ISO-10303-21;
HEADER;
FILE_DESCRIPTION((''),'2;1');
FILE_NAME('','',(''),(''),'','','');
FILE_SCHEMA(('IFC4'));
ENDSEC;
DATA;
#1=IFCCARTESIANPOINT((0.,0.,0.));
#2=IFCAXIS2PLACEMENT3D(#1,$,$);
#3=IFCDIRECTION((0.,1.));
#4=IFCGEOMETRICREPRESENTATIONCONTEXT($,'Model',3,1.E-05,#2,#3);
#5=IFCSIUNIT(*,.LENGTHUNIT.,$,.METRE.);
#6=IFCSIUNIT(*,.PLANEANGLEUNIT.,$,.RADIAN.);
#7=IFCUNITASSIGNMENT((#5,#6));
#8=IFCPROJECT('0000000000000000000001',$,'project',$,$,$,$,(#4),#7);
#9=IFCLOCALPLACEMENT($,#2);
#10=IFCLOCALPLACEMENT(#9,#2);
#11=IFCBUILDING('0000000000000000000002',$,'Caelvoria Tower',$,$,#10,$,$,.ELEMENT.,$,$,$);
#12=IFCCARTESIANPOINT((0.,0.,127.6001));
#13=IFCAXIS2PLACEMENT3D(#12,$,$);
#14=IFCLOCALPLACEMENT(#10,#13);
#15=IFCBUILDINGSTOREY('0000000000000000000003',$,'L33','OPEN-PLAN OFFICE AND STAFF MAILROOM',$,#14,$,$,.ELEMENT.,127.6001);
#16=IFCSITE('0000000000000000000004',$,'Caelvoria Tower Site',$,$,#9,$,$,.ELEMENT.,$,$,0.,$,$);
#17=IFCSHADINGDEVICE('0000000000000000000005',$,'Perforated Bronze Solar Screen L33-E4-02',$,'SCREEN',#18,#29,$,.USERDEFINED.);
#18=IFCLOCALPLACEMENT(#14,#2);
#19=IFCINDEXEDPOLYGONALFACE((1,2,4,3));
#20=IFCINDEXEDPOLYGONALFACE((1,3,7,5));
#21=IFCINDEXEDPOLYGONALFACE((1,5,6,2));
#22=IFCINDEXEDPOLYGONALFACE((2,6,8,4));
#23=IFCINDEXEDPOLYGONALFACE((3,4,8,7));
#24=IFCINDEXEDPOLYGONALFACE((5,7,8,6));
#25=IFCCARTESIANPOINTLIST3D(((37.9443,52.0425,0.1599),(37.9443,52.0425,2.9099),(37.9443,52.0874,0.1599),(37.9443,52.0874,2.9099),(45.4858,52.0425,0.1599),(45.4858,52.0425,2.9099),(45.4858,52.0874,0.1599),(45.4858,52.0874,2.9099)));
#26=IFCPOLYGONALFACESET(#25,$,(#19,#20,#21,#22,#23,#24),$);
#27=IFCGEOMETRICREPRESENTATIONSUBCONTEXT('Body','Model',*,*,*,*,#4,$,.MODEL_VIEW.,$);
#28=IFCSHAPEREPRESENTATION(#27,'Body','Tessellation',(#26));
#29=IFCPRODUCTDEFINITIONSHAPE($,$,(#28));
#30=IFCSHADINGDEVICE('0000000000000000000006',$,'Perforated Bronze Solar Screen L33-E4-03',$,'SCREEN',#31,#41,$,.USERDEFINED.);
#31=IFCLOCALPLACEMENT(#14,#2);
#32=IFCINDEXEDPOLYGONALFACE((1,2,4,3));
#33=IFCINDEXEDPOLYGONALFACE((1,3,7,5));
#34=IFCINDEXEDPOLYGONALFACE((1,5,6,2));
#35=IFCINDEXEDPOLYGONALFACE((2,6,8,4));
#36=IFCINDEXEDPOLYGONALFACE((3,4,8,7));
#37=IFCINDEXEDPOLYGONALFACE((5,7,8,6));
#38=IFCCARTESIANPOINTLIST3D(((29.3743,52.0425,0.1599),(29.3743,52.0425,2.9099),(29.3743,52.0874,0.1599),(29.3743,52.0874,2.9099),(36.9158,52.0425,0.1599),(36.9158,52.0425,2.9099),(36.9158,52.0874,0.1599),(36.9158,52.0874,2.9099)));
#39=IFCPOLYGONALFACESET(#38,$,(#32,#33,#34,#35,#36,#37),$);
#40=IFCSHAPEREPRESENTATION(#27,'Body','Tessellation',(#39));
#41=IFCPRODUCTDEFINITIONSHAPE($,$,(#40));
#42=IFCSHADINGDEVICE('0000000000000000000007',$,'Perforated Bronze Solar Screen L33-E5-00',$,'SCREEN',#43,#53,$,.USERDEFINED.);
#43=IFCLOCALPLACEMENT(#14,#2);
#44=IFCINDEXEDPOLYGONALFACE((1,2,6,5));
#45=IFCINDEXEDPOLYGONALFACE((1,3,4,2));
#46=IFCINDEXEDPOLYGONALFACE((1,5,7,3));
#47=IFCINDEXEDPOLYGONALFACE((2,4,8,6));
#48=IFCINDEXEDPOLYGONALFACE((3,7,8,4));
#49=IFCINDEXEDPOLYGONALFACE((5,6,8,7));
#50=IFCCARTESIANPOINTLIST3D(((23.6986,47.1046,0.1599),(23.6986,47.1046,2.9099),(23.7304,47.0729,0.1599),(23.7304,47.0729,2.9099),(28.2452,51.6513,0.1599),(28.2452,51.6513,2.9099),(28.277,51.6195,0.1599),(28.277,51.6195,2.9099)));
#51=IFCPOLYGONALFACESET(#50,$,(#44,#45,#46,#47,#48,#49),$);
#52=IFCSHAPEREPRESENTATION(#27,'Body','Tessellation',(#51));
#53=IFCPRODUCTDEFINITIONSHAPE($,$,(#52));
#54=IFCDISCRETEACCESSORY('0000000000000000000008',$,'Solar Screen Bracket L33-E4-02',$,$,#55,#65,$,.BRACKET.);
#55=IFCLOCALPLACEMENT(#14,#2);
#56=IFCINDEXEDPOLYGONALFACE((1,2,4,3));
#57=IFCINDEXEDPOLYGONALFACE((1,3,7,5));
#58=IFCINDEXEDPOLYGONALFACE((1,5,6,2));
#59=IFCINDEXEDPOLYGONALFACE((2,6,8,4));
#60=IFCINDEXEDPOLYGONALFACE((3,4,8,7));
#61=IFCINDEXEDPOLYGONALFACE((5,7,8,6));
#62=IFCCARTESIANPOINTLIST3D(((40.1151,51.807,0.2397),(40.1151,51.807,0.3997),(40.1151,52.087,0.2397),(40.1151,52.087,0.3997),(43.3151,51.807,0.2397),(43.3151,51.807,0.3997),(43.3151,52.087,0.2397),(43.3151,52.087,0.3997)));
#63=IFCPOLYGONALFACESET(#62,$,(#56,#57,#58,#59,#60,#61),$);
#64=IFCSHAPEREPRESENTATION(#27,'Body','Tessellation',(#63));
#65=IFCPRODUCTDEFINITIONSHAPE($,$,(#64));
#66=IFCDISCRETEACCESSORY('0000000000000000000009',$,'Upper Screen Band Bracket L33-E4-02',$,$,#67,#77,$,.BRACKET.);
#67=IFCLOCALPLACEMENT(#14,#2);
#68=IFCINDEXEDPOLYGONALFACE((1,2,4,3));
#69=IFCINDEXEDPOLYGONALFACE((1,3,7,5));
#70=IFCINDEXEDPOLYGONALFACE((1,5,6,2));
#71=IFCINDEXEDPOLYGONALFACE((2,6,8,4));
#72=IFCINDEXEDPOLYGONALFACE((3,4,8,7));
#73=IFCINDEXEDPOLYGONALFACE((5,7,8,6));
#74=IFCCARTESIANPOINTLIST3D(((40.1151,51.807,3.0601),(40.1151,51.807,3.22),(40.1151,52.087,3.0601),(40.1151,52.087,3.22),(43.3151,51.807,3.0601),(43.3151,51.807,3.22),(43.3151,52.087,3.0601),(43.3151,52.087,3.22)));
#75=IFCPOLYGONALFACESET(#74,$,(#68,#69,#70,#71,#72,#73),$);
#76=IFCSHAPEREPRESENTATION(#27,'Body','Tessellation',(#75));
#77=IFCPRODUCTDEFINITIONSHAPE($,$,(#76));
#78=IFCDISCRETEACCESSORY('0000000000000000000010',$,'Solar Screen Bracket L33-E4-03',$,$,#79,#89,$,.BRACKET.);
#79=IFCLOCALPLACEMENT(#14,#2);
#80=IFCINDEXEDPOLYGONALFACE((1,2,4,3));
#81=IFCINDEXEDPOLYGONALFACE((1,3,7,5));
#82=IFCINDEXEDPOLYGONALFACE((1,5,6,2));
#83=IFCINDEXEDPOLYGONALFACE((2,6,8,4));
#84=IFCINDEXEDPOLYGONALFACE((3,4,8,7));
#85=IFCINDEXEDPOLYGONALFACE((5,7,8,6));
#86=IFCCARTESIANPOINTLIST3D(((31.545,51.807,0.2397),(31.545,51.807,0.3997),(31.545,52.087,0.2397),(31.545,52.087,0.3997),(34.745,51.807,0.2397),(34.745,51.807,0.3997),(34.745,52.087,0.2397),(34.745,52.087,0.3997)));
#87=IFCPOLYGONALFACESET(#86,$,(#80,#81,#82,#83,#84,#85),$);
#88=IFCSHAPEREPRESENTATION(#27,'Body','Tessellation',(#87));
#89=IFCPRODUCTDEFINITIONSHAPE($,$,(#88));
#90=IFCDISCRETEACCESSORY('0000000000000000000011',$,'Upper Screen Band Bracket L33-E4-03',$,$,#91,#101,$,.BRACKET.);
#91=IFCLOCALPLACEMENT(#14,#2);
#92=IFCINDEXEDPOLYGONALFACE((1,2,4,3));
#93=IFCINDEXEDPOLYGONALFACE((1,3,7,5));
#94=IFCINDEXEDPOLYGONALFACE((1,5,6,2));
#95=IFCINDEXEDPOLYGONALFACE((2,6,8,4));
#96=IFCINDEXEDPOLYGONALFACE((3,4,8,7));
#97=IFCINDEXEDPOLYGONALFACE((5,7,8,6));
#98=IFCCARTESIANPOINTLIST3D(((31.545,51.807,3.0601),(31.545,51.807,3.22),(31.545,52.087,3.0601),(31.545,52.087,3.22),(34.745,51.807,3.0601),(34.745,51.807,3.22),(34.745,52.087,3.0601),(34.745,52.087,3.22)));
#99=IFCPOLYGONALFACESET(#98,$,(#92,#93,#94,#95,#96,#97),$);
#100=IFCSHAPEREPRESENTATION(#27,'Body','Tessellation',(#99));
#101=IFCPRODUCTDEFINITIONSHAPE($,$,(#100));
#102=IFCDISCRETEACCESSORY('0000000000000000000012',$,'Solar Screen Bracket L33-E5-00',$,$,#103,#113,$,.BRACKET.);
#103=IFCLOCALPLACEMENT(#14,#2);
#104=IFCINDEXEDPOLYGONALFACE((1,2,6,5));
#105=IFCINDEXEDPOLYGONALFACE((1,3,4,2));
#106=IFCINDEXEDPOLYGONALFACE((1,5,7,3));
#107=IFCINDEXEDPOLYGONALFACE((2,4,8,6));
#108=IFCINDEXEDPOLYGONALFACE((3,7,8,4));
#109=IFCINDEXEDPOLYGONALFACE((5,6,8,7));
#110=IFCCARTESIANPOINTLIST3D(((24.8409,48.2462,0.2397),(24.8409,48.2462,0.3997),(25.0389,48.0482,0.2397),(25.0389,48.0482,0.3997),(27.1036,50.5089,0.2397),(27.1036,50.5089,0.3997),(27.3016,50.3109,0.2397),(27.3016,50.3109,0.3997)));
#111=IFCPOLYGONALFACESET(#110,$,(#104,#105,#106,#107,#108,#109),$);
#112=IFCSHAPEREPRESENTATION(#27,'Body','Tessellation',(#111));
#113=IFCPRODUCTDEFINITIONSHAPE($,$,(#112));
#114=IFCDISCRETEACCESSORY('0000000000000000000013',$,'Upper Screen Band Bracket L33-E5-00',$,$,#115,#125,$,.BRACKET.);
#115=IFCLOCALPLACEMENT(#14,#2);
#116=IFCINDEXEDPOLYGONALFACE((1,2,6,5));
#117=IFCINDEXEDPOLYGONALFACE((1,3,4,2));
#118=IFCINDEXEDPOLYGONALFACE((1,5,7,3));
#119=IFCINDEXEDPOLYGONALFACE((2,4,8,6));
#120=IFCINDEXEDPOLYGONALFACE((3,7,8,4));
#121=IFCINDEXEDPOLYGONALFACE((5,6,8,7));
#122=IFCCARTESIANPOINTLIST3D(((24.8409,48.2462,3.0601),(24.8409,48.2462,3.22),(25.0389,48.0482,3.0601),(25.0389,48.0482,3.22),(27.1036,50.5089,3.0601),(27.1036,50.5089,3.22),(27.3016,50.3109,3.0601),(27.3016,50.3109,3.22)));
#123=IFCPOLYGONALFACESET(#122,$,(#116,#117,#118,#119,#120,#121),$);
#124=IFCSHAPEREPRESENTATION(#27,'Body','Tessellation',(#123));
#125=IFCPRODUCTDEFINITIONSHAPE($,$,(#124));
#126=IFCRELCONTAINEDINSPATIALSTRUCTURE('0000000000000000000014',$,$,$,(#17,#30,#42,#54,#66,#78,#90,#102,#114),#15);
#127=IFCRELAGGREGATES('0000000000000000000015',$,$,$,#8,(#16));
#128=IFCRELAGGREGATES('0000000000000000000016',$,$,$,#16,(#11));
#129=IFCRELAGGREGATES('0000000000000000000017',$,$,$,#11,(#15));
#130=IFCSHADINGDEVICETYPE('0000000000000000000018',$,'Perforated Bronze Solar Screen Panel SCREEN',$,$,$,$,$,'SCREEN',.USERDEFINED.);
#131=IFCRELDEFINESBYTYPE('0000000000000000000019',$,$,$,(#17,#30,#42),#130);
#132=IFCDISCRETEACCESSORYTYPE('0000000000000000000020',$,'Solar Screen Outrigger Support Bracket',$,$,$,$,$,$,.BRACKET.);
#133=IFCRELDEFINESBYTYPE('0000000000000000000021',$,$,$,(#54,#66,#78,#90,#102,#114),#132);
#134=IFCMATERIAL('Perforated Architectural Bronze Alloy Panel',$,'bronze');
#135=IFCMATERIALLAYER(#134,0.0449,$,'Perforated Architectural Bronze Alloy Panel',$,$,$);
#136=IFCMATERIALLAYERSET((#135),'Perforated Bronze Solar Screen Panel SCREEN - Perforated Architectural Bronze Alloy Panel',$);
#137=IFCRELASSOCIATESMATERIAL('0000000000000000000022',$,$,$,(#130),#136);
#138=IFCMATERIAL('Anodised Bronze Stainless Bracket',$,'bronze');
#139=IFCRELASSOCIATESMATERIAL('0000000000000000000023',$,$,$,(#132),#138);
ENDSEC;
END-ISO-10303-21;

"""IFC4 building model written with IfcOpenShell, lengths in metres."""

from ifc_helpers import new_model, si_unit, direction, frame, origin, origin_2d, place, context, subcontext, project, spatial, rectangle, extrude, material, layer, layer_set, type_object, element, save


model = new_model("IFC4")

# Units and contexts
model_context = context("Model", 3, precision=1e-05, world=origin(), true_north=direction((0.0, 1.0)))
body_context = subcontext(model_context, "Body", "Model", "MODEL_VIEW")
ifc_project = project(units=[si_unit("LENGTHUNIT", "METRE"), si_unit("PLANEANGLEUNIT", "RADIAN")], contexts=[model_context])

# Site, building, storey
site_placement = place(None, origin())
site = spatial("IfcSite", under=ifc_project, at=site_placement, Name="Caelvoria Tower Site", CompositionType="ELEMENT", RefElevation=0.0)
building_placement = place(site_placement, origin())
building = spatial("IfcBuilding", under=site, at=building_placement, Name="Caelvoria Tower", CompositionType="ELEMENT")
storey_placement = place(building_placement, frame((0.0, 0.0, 127.6001)))
storey = spatial("IfcBuildingStorey", under=building, at=storey_placement, Name="L33", Description="OPEN-PLAN OFFICE AND STAFF MAILROOM", CompositionType="ELEMENT", Elevation=127.6001)

# Shading devices
ifc_material_1 = material(Name="Perforated Architectural Bronze Alloy Panel", Category="bronze")
ifc_layer_1 = layer(ifc_material_1, 0.0449, Name="Perforated Architectural Bronze Alloy Panel")
ifc_layer_set_1 = layer_set([ifc_layer_1], Name="Perforated Bronze Solar Screen Panel SCREEN - Perforated Architectural Bronze Alloy Panel")
shading_device_type = type_object("IfcShadingDeviceType", Name="Perforated Bronze Solar Screen Panel SCREEN", ElementType="SCREEN", PredefinedType="USERDEFINED", material=ifc_layer_set_1)
for number, where, z_axis, x_axis, name in (
    (1, (41.7151, 52.0649, 0.1599), (0.0, 0.0, 1.0), (-1.0, 0.0, 0.0), "Perforated Bronze Solar Screen L33-E4-02"),
    (2, (33.145, 52.0649, 0.1599), (0.0, 0.0, 1.0), (-1.0, 0.0, 0.0), "Perforated Bronze Solar Screen L33-E4-03"),
):
    element("IfcShadingDevice", number, at=place(storey_placement, frame(where, z_axis=z_axis, x_axis=x_axis)), inside=storey, type_object=shading_device_type, Name=name, ObjectType="SCREEN", PredefinedType="USERDEFINED", context=body_context, shape_type="SweptSolid", body=[
        extrude(rectangle(XDim=7.5415, YDim=0.0449, at=origin_2d()), origin(), (0.0, 0.0, 1.0), 2.75),
    ])
shading_device_placement = place(storey_placement, frame((25.9878, 49.3621, 0.1599), z_axis=(0.0, 0.0, 1.0), x_axis=(-0.707107, -0.707107, 0.0)))
element("IfcShadingDevice", 3, at=shading_device_placement, inside=storey, type_object=shading_device_type, Name="Perforated Bronze Solar Screen L33-E5-00", ObjectType="SCREEN", PredefinedType="USERDEFINED", context=body_context, shape_type="SweptSolid", body=[
    extrude(rectangle(XDim=6.4299, YDim=0.0449, at=origin_2d()), origin(), (0.0, 0.0, 1.0), 2.75),
])

# Discrete accessories
ifc_material_2 = material(Name="Anodised Bronze Stainless Bracket", Category="bronze")
discrete_accessory_type = type_object("IfcDiscreteAccessoryType", Name="Solar Screen Outrigger Support Bracket", PredefinedType="BRACKET", material=ifc_material_2)
for number, where, z_axis, x_axis, name in (
    (4, (41.7151, 51.947, 0.2397), (0.0, 0.0, 1.0), (-1.0, 0.0, 0.0), "Solar Screen Bracket L33-E4-02"),
    (5, (41.7151, 51.947, 3.0601), (0.0, 0.0, 1.0), (-1.0, 0.0, 0.0), "Upper Screen Band Bracket L33-E4-02"),
    (6, (33.145, 51.947, 0.2397), (0.0, 0.0, 1.0), (-1.0, 0.0, 0.0), "Solar Screen Bracket L33-E4-03"),
    (7, (33.145, 51.947, 3.0601), (0.0, 0.0, 1.0), (-1.0, 0.0, 0.0), "Upper Screen Band Bracket L33-E4-03"),
    (8, (26.0713, 49.2786, 0.2397), (0.0, 0.0, 1.0), (-0.707107, -0.707107, 0.0), "Solar Screen Bracket L33-E5-00"),
    (9, (26.0713, 49.2786, 3.0601), (0.0, 0.0, 1.0), (-0.707107, -0.707107, 0.0), "Upper Screen Band Bracket L33-E5-00"),
):
    element("IfcDiscreteAccessory", number, at=place(storey_placement, frame(where, z_axis=z_axis, x_axis=x_axis)), inside=storey, type_object=discrete_accessory_type, Name=name, PredefinedType="BRACKET", context=body_context, shape_type="SweptSolid", body=[
        extrude(rectangle(XDim=3.2, YDim=0.28, at=origin_2d()), origin(), (0.0, 0.0, 1.0), 0.1599),
    ])

save(model, "model.ifc")
